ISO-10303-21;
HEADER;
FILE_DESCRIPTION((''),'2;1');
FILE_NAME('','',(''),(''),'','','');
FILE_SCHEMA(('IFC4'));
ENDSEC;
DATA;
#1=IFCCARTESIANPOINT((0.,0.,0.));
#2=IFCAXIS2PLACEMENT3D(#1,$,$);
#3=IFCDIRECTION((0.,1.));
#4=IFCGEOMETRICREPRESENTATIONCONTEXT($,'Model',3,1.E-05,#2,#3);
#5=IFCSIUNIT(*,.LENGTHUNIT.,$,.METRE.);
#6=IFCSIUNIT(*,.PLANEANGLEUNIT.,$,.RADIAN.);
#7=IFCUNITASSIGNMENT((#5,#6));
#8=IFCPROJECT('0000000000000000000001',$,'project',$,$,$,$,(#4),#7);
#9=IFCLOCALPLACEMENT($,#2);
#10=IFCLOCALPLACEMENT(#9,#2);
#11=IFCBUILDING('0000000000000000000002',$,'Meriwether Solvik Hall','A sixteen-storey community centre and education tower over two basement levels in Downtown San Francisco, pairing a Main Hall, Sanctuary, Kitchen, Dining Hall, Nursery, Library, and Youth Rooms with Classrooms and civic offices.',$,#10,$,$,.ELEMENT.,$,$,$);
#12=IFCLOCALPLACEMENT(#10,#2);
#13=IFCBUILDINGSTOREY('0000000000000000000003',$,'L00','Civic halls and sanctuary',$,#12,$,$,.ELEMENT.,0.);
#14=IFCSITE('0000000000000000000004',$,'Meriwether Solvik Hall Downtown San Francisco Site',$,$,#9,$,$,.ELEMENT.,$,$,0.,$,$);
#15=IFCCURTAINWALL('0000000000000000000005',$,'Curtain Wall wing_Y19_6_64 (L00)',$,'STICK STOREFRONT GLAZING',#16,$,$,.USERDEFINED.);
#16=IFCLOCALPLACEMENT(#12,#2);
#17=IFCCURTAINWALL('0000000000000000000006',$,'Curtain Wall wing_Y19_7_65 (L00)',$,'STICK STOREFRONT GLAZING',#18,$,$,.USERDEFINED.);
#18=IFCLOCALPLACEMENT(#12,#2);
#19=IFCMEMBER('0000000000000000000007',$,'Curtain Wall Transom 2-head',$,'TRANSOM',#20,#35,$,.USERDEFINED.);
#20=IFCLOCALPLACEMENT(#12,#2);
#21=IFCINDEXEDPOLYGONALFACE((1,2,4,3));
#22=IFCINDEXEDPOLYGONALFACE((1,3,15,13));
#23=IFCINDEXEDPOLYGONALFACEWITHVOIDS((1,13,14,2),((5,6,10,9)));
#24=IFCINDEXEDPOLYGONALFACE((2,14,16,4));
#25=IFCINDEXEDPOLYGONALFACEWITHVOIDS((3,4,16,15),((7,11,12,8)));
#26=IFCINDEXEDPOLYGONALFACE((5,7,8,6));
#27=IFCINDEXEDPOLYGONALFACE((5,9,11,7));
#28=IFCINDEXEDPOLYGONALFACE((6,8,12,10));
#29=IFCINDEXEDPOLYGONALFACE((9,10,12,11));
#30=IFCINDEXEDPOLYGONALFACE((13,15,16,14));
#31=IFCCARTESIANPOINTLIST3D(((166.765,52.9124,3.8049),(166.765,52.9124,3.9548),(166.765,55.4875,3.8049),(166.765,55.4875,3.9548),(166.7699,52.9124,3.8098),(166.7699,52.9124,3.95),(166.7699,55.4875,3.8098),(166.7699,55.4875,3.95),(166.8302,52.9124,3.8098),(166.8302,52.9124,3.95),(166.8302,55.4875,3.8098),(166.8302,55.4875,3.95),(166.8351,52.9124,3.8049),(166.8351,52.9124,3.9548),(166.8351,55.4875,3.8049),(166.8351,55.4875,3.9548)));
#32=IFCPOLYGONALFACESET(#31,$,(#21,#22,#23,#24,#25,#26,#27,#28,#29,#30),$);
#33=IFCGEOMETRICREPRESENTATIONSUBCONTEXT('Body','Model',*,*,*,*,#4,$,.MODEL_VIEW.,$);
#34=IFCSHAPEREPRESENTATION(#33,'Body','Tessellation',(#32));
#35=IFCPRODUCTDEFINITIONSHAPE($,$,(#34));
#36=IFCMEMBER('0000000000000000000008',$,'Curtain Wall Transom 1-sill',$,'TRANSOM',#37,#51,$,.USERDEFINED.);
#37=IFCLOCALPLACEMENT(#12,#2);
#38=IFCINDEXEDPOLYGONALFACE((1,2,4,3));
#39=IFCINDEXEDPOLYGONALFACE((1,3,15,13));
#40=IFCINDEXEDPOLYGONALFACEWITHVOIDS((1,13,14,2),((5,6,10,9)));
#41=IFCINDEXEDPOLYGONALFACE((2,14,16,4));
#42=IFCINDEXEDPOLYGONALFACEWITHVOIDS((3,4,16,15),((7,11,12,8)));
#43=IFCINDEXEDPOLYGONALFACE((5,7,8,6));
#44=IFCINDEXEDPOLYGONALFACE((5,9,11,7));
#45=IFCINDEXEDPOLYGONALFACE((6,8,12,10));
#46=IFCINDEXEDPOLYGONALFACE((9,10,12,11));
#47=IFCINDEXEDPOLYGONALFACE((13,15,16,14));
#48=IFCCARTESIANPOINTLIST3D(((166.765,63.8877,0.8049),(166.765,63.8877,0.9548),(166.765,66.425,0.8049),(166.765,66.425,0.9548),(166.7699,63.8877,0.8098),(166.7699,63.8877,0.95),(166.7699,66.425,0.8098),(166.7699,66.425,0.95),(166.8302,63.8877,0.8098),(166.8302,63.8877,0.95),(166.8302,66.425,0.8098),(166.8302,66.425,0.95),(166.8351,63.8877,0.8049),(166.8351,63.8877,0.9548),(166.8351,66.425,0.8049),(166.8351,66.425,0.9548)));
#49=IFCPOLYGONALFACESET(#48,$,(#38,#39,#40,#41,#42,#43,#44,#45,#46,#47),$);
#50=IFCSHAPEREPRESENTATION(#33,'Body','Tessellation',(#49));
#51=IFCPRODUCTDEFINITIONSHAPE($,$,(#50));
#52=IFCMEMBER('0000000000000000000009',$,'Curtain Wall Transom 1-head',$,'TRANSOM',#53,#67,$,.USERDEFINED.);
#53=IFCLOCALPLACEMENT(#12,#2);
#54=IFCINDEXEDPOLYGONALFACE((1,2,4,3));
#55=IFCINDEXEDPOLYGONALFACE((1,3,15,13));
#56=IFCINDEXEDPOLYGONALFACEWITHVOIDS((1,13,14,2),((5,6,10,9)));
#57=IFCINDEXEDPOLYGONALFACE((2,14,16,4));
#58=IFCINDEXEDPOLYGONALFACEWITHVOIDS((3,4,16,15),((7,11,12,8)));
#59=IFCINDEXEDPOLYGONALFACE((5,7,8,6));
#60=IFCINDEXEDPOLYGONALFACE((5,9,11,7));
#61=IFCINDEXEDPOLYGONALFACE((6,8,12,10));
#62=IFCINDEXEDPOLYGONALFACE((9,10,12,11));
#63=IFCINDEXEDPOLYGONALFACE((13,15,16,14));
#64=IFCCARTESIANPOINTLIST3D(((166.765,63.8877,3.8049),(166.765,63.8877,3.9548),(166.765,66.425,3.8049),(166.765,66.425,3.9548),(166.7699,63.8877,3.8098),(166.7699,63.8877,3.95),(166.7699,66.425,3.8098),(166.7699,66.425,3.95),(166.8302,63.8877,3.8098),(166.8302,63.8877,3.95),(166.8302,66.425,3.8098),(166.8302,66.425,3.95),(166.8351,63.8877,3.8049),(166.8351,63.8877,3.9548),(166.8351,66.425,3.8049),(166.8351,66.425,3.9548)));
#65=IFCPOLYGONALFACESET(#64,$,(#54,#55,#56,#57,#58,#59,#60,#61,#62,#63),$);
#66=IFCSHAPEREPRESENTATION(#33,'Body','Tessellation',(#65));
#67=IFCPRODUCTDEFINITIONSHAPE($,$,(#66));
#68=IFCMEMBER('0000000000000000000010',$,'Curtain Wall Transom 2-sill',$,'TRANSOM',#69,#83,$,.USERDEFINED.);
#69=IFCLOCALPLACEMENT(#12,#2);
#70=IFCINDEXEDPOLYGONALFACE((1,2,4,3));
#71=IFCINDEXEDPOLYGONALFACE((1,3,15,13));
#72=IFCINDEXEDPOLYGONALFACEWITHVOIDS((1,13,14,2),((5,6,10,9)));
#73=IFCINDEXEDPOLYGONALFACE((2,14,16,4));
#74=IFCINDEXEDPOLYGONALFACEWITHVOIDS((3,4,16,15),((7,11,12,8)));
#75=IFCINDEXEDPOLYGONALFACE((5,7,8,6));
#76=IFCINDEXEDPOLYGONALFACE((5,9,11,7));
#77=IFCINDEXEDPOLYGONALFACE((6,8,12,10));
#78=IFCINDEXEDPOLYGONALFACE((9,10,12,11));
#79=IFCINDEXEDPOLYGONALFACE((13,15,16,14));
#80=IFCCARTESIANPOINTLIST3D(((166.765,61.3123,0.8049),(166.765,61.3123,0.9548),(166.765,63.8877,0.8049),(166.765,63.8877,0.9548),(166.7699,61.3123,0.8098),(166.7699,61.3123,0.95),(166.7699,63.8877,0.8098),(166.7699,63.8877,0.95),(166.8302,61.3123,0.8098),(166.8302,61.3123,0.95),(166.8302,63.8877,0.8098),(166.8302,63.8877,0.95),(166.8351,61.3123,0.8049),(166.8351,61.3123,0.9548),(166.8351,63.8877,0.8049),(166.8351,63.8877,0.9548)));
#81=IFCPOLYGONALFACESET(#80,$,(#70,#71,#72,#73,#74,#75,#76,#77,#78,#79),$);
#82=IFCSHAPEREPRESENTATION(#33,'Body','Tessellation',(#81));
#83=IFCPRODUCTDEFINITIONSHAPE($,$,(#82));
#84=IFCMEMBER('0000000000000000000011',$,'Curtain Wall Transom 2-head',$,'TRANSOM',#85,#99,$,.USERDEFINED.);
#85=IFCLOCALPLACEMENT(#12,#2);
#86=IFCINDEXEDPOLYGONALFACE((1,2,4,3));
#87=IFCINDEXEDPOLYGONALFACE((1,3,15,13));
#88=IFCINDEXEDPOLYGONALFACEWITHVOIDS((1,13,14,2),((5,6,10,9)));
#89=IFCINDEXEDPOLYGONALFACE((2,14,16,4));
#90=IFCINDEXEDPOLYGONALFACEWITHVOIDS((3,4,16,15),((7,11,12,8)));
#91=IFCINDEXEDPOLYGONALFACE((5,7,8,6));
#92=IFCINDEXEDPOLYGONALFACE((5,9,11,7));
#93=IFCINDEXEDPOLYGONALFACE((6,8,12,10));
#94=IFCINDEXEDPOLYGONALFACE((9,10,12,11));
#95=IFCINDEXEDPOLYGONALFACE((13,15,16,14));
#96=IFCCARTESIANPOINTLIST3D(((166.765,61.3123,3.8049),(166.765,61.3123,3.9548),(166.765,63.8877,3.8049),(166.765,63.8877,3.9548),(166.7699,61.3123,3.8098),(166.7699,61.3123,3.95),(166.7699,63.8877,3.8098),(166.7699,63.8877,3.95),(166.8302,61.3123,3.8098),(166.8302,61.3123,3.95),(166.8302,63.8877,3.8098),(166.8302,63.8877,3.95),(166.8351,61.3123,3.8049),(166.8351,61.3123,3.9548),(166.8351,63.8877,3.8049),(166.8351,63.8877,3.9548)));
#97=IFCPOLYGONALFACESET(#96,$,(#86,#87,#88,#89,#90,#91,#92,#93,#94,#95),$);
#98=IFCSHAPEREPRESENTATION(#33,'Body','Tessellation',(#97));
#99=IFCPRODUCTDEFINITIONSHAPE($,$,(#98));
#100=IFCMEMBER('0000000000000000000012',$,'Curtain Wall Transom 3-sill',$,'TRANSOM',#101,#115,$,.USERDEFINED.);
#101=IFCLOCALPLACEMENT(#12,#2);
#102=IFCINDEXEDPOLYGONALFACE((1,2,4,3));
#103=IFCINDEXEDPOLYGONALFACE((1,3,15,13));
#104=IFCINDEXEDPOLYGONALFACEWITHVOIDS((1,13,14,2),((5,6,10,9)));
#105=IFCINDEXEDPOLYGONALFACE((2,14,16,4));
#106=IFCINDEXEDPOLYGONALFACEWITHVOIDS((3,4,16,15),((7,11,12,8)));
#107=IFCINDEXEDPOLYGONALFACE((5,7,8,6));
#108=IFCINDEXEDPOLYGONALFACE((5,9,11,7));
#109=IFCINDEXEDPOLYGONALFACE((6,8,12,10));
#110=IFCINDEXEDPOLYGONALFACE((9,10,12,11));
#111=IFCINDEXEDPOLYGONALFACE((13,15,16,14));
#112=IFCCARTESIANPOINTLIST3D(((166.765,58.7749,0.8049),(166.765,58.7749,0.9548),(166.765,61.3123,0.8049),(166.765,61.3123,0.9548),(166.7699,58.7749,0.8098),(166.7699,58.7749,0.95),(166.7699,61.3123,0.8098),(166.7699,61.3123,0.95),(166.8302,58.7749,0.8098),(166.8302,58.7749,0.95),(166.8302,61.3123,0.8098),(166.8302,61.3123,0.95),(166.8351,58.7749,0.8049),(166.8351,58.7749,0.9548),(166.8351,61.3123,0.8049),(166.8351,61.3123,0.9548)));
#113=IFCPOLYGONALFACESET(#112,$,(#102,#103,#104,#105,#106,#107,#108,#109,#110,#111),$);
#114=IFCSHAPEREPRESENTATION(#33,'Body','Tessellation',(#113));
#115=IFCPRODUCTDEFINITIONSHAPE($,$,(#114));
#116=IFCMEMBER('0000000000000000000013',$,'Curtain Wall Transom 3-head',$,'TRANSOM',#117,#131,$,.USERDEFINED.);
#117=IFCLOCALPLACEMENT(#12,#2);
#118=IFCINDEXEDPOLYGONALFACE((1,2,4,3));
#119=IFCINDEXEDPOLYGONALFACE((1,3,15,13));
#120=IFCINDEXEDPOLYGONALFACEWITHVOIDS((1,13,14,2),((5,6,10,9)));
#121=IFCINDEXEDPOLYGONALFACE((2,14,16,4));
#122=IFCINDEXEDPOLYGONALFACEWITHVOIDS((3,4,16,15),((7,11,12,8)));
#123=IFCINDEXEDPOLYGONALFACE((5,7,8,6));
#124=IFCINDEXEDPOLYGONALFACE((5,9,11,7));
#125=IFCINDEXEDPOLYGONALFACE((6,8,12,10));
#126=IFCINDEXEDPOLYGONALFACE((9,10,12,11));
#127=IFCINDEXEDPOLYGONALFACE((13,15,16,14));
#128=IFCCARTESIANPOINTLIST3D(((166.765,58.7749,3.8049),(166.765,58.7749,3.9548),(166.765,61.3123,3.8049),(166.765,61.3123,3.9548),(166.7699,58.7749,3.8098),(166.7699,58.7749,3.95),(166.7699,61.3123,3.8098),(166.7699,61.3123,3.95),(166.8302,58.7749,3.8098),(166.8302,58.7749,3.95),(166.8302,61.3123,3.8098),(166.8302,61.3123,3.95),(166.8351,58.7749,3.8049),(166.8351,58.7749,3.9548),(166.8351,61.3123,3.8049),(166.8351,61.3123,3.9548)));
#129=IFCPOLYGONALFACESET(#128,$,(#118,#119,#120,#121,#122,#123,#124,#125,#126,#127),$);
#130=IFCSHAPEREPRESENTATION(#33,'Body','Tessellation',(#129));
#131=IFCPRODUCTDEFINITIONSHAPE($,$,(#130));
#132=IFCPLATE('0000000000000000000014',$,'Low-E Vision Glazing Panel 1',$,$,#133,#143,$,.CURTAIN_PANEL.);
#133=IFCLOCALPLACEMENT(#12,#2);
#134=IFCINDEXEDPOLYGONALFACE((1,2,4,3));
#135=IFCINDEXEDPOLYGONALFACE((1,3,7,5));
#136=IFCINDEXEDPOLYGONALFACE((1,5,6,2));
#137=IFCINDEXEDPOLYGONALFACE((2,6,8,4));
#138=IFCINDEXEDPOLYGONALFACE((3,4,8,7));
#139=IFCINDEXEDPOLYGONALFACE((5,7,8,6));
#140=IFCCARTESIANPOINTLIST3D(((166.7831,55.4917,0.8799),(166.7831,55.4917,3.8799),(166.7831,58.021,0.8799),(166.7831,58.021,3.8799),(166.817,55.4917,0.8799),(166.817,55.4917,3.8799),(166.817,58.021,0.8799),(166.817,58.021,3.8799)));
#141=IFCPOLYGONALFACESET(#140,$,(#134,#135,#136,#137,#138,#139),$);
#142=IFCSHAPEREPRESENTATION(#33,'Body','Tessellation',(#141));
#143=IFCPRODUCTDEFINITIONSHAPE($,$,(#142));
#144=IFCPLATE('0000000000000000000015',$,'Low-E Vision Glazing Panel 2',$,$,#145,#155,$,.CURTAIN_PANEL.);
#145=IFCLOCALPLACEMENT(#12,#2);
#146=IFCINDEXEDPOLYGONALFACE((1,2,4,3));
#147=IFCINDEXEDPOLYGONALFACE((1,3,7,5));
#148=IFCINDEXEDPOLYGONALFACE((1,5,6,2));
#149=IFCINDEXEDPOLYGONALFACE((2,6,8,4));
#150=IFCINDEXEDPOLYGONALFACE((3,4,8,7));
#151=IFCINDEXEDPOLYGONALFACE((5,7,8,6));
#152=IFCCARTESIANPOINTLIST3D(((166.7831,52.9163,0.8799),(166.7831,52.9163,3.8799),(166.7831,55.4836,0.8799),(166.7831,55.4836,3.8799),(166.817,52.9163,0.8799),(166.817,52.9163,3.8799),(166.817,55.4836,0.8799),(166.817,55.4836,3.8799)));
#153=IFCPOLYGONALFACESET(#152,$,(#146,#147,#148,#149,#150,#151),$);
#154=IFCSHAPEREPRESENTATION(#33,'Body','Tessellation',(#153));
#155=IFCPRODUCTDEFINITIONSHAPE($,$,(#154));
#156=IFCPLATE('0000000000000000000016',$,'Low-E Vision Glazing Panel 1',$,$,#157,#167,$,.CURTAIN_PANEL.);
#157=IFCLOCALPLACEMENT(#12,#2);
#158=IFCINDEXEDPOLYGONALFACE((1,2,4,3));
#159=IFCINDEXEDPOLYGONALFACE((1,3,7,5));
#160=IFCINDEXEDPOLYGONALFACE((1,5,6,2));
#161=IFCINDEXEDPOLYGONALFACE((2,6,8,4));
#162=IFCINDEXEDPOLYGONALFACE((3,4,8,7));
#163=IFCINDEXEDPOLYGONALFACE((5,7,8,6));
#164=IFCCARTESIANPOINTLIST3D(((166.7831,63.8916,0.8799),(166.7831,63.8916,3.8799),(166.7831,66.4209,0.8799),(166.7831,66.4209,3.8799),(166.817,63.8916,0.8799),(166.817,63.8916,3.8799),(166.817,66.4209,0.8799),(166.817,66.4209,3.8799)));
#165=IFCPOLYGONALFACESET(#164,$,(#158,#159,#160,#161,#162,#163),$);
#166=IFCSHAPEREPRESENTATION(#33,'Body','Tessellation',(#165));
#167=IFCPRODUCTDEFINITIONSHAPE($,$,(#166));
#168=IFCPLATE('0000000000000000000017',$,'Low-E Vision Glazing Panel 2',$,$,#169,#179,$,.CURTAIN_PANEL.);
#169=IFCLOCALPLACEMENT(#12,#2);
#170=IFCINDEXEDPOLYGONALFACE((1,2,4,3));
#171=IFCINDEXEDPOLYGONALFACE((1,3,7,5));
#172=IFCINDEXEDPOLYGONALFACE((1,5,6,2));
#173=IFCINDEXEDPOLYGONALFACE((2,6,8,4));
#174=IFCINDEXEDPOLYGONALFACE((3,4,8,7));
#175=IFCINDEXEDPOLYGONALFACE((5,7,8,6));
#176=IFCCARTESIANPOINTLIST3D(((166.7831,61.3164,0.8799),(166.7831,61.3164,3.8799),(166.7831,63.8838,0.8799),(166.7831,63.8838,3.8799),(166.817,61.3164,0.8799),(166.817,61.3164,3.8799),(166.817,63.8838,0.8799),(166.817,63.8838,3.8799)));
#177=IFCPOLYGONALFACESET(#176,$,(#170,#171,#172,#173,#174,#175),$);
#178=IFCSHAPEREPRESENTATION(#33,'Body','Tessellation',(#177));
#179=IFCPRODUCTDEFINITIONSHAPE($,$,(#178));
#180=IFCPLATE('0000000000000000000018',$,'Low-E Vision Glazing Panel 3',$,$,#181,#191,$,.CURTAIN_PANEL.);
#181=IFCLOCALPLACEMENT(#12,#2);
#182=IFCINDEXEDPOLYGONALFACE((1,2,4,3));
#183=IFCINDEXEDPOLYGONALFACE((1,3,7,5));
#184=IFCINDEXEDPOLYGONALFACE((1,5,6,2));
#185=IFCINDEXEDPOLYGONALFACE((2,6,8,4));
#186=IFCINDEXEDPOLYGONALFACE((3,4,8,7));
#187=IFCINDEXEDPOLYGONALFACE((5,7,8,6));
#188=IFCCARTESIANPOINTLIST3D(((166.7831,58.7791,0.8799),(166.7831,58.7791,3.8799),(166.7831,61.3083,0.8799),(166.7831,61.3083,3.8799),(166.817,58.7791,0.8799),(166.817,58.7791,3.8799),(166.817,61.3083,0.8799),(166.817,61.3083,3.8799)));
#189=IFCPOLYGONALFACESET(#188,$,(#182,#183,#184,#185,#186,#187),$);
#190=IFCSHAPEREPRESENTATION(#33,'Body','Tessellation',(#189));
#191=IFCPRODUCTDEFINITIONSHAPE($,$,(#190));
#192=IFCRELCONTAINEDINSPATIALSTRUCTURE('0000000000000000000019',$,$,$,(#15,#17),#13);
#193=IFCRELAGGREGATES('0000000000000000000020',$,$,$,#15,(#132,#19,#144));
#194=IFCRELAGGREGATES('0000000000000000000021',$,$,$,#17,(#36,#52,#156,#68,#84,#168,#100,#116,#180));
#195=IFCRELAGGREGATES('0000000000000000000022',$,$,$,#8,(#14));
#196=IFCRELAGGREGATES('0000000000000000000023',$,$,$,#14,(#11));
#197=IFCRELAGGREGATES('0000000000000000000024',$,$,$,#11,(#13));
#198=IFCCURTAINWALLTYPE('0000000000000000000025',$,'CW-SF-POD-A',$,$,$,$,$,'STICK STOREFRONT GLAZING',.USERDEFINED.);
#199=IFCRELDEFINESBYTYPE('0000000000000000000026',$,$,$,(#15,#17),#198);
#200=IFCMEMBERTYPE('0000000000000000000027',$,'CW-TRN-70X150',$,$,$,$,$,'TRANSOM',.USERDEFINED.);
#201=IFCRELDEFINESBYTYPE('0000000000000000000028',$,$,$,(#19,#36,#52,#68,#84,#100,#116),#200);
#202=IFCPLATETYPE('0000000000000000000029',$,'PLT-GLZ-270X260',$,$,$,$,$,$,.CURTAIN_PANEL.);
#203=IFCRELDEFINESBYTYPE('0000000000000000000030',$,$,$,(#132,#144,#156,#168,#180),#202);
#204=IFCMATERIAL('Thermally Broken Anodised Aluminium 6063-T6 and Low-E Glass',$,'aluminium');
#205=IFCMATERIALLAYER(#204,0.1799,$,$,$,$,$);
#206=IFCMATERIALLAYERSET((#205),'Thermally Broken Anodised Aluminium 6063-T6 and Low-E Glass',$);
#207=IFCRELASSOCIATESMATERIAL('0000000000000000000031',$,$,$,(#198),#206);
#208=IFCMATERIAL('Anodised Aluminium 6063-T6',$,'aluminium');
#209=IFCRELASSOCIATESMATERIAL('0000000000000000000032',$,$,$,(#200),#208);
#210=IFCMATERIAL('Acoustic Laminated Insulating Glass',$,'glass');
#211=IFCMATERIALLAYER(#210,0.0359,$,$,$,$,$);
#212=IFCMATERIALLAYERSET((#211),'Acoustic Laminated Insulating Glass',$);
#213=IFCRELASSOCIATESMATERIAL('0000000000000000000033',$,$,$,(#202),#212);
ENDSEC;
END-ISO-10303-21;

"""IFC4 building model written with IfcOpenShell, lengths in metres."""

from ifc_helpers import new_model, si_unit, direction, frame, origin, origin_2d, place, context, subcontext, project, spatial, rectangle, hollow_rectangle, extrude, material, layer, layer_set, material_profile, profile_set, type_object, element, aggregate, save


model = new_model("IFC4")

# Units and contexts
model_context = context("Model", 3, precision=1e-05, world=origin(), true_north=direction((0.0, 1.0)))
body_context = subcontext(model_context, "Body", "Model", "MODEL_VIEW")
ifc_project = project(units=[si_unit("LENGTHUNIT", "METRE"), si_unit("PLANEANGLEUNIT", "RADIAN")], contexts=[model_context])

# Site, building, storey
site_placement = place(None, origin())
site = spatial("IfcSite", under=ifc_project, at=site_placement, Name="Meriwether Solvik Hall Downtown San Francisco Site", CompositionType="ELEMENT", RefElevation=0.0)
building_placement = place(site_placement, origin())
building = spatial("IfcBuilding", under=site, at=building_placement, Name="Meriwether Solvik Hall", Description="A sixteen-storey community centre and education tower over two basement levels in Downtown San Francisco, pairing a Main Hall, Sanctuary, Kitchen, Dining Hall, Nursery, Library, and Youth Rooms with Classrooms and civic offices.", CompositionType="ELEMENT")
storey_placement = place(building_placement, origin())
storey = spatial("IfcBuildingStorey", under=building, at=storey_placement, Name="L00", Description="Civic halls and sanctuary", CompositionType="ELEMENT", Elevation=0.0)

# Curtain walls
ifc_material_1 = material(Name="Thermally Broken Anodised Aluminium 6063-T6 and Low-E Glass", Category="aluminium")
ifc_layer_1 = layer(ifc_material_1, 0.1799)
ifc_layer_set_1 = layer_set([ifc_layer_1], Name="Thermally Broken Anodised Aluminium 6063-T6 and Low-E Glass")
curtain_wall_type = type_object("IfcCurtainWallType", Name="CW-SF-POD-A", ElementType="STICK STOREFRONT GLAZING", PredefinedType="USERDEFINED", material=ifc_layer_set_1)
curtain_wall_1_placement = place(storey_placement, origin())
curtain_wall_1 = element("IfcCurtainWall", 1, at=curtain_wall_1_placement, inside=storey, type_object=curtain_wall_type, Name="Curtain Wall wing_Y19_6_64 (L00)", ObjectType="STICK STOREFRONT GLAZING", PredefinedType="USERDEFINED")
curtain_wall_2_placement = place(storey_placement, origin())
curtain_wall_2 = element("IfcCurtainWall", 2, at=curtain_wall_2_placement, inside=storey, type_object=curtain_wall_type, Name="Curtain Wall wing_Y19_7_65 (L00)", ObjectType="STICK STOREFRONT GLAZING", PredefinedType="USERDEFINED")

# Members
ifc_material_2 = material(Name="Anodised Aluminium 6063-T6", Category="aluminium")
ifc_material_profile_1 = material_profile(ifc_material_2, hollow_rectangle(XDim=0.0701, YDim=0.1499, WallThickness=0.0049, at=origin_2d()), Name="CWT-70X150")
ifc_profile_set_1 = profile_set([ifc_material_profile_1], Name="Anodised Aluminium 6063-T6")
member_type_1 = type_object("IfcMemberType", Name="CW-TRN-70X150", ElementType="TRANSOM", PredefinedType="USERDEFINED", material=ifc_profile_set_1)
member_1_placement = place(storey_placement, frame((166.8, 55.4875, 3.8799), z_axis=(0.0, -1.0, 0.0), x_axis=(1.0, 0.0, 0.0)))
member_1 = element("IfcMember", 3, at=member_1_placement, type_object=member_type_1, Name="Curtain Wall Transom 2-head", ObjectType="TRANSOM", PredefinedType="USERDEFINED", context=body_context, shape_type="SweptSolid", body=[
    extrude(hollow_rectangle(XDim=0.0701, YDim=0.1499, WallThickness=0.0049, at=origin_2d()), origin(), (0.0, 0.0, 1.0), 2.5752),
])
member_2_placement = place(storey_placement, frame((166.8, 66.425, 0.8799), z_axis=(0.0, -1.0, 0.0), x_axis=(1.0, 0.0, 0.0)))
member_2 = element("IfcMember", 4, at=member_2_placement, type_object=member_type_1, Name="Curtain Wall Transom 1-sill", ObjectType="TRANSOM", PredefinedType="USERDEFINED", context=body_context, shape_type="SweptSolid", body=[
    extrude(hollow_rectangle(XDim=0.0701, YDim=0.1499, WallThickness=0.0049, at=origin_2d()), origin(), (0.0, 0.0, 1.0), 2.5374),
])
member_3_placement = place(storey_placement, frame((166.8, 66.425, 3.8799), z_axis=(0.0, -1.0, 0.0), x_axis=(1.0, 0.0, 0.0)))
member_3 = element("IfcMember", 5, at=member_3_placement, type_object=member_type_1, Name="Curtain Wall Transom 1-head", ObjectType="TRANSOM", PredefinedType="USERDEFINED", context=body_context, shape_type="SweptSolid", body=[
    extrude(hollow_rectangle(XDim=0.0701, YDim=0.1499, WallThickness=0.0049, at=origin_2d()), origin(), (0.0, 0.0, 1.0), 2.5374),
])
member_4_placement = place(storey_placement, frame((166.8, 63.8877, 0.8799), z_axis=(0.0, -1.0, 0.0), x_axis=(1.0, 0.0, 0.0)))
member_4 = element("IfcMember", 6, at=member_4_placement, type_object=member_type_1, Name="Curtain Wall Transom 2-sill", ObjectType="TRANSOM", PredefinedType="USERDEFINED", context=body_context, shape_type="SweptSolid", body=[
    extrude(hollow_rectangle(XDim=0.0701, YDim=0.1499, WallThickness=0.0049, at=origin_2d()), origin(), (0.0, 0.0, 1.0), 2.5754),
])
member_5_placement = place(storey_placement, frame((166.8, 63.8877, 3.8799), z_axis=(0.0, -1.0, 0.0), x_axis=(1.0, 0.0, 0.0)))
member_5 = element("IfcMember", 7, at=member_5_placement, type_object=member_type_1, Name="Curtain Wall Transom 2-head", ObjectType="TRANSOM", PredefinedType="USERDEFINED", context=body_context, shape_type="SweptSolid", body=[
    extrude(hollow_rectangle(XDim=0.0701, YDim=0.1499, WallThickness=0.0049, at=origin_2d()), origin(), (0.0, 0.0, 1.0), 2.5754),
])
member_6_placement = place(storey_placement, frame((166.8, 61.3123, 0.8799), z_axis=(0.0, -1.0, 0.0), x_axis=(1.0, 0.0, 0.0)))
member_6 = element("IfcMember", 8, at=member_6_placement, type_object=member_type_1, Name="Curtain Wall Transom 3-sill", ObjectType="TRANSOM", PredefinedType="USERDEFINED", context=body_context, shape_type="SweptSolid", body=[
    extrude(hollow_rectangle(XDim=0.0701, YDim=0.1499, WallThickness=0.0049, at=origin_2d()), origin(), (0.0, 0.0, 1.0), 2.5374),
])
member_7_placement = place(storey_placement, frame((166.8, 61.3123, 3.8799), z_axis=(0.0, -1.0, 0.0), x_axis=(1.0, 0.0, 0.0)))
member_7 = element("IfcMember", 9, at=member_7_placement, type_object=member_type_1, Name="Curtain Wall Transom 3-head", ObjectType="TRANSOM", PredefinedType="USERDEFINED", context=body_context, shape_type="SweptSolid", body=[
    extrude(hollow_rectangle(XDim=0.0701, YDim=0.1499, WallThickness=0.0049, at=origin_2d()), origin(), (0.0, 0.0, 1.0), 2.5374),
])

# Plates
ifc_material_3 = material(Name="Acoustic Laminated Insulating Glass", Category="glass")
ifc_layer_2 = layer(ifc_material_3, 0.0359)
ifc_layer_set_2 = layer_set([ifc_layer_2], Name="Acoustic Laminated Insulating Glass")
plate_type_1 = type_object("IfcPlateType", Name="PLT-GLZ-270X260", PredefinedType="CURTAIN_PANEL", material=ifc_layer_set_2)
plate_1_placement = place(storey_placement, frame((166.8, 56.7563, 0.8799), z_axis=(0.0, 0.0, 1.0), x_axis=(0.0, -1.0, 0.0)))
plate_1 = element("IfcPlate", 10, at=plate_1_placement, type_object=plate_type_1, Name="Low-E Vision Glazing Panel 1", PredefinedType="CURTAIN_PANEL", context=body_context, shape_type="SweptSolid", body=[
    extrude(rectangle(XDim=2.5293, YDim=0.0339, at=origin_2d()), origin(), (0.0, 0.0, 1.0), 3.0),
])
plate_2_placement = place(storey_placement, frame((166.8, 54.2, 0.8799), z_axis=(0.0, 0.0, 1.0), x_axis=(0.0, -1.0, 0.0)))
plate_2 = element("IfcPlate", 11, at=plate_2_placement, type_object=plate_type_1, Name="Low-E Vision Glazing Panel 2", PredefinedType="CURTAIN_PANEL", context=body_context, shape_type="SweptSolid", body=[
    extrude(rectangle(XDim=2.5674, YDim=0.0339, at=origin_2d()), origin(), (0.0, 0.0, 1.0), 3.0),
])
plate_3_placement = place(storey_placement, frame((166.8, 65.1562, 0.8799), z_axis=(0.0, 0.0, 1.0), x_axis=(0.0, -1.0, 0.0)))
plate_3 = element("IfcPlate", 12, at=plate_3_placement, type_object=plate_type_1, Name="Low-E Vision Glazing Panel 1", PredefinedType="CURTAIN_PANEL", context=body_context, shape_type="SweptSolid", body=[
    extrude(rectangle(XDim=2.5293, YDim=0.0339, at=origin_2d()), origin(), (0.0, 0.0, 1.0), 3.0),
])
plate_4_placement = place(storey_placement, frame((166.8, 62.6001, 0.8799), z_axis=(0.0, 0.0, 1.0), x_axis=(0.0, -1.0, 0.0)))
plate_4 = element("IfcPlate", 13, at=plate_4_placement, type_object=plate_type_1, Name="Low-E Vision Glazing Panel 2", PredefinedType="CURTAIN_PANEL", context=body_context, shape_type="SweptSolid", body=[
    extrude(rectangle(XDim=2.5674, YDim=0.0339, at=origin_2d()), origin(), (0.0, 0.0, 1.0), 3.0),
])
plate_5_placement = place(storey_placement, frame((166.8, 60.0437, 0.8799), z_axis=(0.0, 0.0, 1.0), x_axis=(0.0, -1.0, 0.0)))
plate_5 = element("IfcPlate", 14, at=plate_5_placement, type_object=plate_type_1, Name="Low-E Vision Glazing Panel 3", PredefinedType="CURTAIN_PANEL", context=body_context, shape_type="SweptSolid", body=[
    extrude(rectangle(XDim=2.5293, YDim=0.0339, at=origin_2d()), origin(), (0.0, 0.0, 1.0), 3.0),
])
aggregate(curtain_wall_1, [plate_1, member_1, plate_2])
aggregate(curtain_wall_2, [member_2, member_3, plate_3, member_4, member_5, plate_4, member_6, member_7, plate_5])

save(model, "model.ifc")
